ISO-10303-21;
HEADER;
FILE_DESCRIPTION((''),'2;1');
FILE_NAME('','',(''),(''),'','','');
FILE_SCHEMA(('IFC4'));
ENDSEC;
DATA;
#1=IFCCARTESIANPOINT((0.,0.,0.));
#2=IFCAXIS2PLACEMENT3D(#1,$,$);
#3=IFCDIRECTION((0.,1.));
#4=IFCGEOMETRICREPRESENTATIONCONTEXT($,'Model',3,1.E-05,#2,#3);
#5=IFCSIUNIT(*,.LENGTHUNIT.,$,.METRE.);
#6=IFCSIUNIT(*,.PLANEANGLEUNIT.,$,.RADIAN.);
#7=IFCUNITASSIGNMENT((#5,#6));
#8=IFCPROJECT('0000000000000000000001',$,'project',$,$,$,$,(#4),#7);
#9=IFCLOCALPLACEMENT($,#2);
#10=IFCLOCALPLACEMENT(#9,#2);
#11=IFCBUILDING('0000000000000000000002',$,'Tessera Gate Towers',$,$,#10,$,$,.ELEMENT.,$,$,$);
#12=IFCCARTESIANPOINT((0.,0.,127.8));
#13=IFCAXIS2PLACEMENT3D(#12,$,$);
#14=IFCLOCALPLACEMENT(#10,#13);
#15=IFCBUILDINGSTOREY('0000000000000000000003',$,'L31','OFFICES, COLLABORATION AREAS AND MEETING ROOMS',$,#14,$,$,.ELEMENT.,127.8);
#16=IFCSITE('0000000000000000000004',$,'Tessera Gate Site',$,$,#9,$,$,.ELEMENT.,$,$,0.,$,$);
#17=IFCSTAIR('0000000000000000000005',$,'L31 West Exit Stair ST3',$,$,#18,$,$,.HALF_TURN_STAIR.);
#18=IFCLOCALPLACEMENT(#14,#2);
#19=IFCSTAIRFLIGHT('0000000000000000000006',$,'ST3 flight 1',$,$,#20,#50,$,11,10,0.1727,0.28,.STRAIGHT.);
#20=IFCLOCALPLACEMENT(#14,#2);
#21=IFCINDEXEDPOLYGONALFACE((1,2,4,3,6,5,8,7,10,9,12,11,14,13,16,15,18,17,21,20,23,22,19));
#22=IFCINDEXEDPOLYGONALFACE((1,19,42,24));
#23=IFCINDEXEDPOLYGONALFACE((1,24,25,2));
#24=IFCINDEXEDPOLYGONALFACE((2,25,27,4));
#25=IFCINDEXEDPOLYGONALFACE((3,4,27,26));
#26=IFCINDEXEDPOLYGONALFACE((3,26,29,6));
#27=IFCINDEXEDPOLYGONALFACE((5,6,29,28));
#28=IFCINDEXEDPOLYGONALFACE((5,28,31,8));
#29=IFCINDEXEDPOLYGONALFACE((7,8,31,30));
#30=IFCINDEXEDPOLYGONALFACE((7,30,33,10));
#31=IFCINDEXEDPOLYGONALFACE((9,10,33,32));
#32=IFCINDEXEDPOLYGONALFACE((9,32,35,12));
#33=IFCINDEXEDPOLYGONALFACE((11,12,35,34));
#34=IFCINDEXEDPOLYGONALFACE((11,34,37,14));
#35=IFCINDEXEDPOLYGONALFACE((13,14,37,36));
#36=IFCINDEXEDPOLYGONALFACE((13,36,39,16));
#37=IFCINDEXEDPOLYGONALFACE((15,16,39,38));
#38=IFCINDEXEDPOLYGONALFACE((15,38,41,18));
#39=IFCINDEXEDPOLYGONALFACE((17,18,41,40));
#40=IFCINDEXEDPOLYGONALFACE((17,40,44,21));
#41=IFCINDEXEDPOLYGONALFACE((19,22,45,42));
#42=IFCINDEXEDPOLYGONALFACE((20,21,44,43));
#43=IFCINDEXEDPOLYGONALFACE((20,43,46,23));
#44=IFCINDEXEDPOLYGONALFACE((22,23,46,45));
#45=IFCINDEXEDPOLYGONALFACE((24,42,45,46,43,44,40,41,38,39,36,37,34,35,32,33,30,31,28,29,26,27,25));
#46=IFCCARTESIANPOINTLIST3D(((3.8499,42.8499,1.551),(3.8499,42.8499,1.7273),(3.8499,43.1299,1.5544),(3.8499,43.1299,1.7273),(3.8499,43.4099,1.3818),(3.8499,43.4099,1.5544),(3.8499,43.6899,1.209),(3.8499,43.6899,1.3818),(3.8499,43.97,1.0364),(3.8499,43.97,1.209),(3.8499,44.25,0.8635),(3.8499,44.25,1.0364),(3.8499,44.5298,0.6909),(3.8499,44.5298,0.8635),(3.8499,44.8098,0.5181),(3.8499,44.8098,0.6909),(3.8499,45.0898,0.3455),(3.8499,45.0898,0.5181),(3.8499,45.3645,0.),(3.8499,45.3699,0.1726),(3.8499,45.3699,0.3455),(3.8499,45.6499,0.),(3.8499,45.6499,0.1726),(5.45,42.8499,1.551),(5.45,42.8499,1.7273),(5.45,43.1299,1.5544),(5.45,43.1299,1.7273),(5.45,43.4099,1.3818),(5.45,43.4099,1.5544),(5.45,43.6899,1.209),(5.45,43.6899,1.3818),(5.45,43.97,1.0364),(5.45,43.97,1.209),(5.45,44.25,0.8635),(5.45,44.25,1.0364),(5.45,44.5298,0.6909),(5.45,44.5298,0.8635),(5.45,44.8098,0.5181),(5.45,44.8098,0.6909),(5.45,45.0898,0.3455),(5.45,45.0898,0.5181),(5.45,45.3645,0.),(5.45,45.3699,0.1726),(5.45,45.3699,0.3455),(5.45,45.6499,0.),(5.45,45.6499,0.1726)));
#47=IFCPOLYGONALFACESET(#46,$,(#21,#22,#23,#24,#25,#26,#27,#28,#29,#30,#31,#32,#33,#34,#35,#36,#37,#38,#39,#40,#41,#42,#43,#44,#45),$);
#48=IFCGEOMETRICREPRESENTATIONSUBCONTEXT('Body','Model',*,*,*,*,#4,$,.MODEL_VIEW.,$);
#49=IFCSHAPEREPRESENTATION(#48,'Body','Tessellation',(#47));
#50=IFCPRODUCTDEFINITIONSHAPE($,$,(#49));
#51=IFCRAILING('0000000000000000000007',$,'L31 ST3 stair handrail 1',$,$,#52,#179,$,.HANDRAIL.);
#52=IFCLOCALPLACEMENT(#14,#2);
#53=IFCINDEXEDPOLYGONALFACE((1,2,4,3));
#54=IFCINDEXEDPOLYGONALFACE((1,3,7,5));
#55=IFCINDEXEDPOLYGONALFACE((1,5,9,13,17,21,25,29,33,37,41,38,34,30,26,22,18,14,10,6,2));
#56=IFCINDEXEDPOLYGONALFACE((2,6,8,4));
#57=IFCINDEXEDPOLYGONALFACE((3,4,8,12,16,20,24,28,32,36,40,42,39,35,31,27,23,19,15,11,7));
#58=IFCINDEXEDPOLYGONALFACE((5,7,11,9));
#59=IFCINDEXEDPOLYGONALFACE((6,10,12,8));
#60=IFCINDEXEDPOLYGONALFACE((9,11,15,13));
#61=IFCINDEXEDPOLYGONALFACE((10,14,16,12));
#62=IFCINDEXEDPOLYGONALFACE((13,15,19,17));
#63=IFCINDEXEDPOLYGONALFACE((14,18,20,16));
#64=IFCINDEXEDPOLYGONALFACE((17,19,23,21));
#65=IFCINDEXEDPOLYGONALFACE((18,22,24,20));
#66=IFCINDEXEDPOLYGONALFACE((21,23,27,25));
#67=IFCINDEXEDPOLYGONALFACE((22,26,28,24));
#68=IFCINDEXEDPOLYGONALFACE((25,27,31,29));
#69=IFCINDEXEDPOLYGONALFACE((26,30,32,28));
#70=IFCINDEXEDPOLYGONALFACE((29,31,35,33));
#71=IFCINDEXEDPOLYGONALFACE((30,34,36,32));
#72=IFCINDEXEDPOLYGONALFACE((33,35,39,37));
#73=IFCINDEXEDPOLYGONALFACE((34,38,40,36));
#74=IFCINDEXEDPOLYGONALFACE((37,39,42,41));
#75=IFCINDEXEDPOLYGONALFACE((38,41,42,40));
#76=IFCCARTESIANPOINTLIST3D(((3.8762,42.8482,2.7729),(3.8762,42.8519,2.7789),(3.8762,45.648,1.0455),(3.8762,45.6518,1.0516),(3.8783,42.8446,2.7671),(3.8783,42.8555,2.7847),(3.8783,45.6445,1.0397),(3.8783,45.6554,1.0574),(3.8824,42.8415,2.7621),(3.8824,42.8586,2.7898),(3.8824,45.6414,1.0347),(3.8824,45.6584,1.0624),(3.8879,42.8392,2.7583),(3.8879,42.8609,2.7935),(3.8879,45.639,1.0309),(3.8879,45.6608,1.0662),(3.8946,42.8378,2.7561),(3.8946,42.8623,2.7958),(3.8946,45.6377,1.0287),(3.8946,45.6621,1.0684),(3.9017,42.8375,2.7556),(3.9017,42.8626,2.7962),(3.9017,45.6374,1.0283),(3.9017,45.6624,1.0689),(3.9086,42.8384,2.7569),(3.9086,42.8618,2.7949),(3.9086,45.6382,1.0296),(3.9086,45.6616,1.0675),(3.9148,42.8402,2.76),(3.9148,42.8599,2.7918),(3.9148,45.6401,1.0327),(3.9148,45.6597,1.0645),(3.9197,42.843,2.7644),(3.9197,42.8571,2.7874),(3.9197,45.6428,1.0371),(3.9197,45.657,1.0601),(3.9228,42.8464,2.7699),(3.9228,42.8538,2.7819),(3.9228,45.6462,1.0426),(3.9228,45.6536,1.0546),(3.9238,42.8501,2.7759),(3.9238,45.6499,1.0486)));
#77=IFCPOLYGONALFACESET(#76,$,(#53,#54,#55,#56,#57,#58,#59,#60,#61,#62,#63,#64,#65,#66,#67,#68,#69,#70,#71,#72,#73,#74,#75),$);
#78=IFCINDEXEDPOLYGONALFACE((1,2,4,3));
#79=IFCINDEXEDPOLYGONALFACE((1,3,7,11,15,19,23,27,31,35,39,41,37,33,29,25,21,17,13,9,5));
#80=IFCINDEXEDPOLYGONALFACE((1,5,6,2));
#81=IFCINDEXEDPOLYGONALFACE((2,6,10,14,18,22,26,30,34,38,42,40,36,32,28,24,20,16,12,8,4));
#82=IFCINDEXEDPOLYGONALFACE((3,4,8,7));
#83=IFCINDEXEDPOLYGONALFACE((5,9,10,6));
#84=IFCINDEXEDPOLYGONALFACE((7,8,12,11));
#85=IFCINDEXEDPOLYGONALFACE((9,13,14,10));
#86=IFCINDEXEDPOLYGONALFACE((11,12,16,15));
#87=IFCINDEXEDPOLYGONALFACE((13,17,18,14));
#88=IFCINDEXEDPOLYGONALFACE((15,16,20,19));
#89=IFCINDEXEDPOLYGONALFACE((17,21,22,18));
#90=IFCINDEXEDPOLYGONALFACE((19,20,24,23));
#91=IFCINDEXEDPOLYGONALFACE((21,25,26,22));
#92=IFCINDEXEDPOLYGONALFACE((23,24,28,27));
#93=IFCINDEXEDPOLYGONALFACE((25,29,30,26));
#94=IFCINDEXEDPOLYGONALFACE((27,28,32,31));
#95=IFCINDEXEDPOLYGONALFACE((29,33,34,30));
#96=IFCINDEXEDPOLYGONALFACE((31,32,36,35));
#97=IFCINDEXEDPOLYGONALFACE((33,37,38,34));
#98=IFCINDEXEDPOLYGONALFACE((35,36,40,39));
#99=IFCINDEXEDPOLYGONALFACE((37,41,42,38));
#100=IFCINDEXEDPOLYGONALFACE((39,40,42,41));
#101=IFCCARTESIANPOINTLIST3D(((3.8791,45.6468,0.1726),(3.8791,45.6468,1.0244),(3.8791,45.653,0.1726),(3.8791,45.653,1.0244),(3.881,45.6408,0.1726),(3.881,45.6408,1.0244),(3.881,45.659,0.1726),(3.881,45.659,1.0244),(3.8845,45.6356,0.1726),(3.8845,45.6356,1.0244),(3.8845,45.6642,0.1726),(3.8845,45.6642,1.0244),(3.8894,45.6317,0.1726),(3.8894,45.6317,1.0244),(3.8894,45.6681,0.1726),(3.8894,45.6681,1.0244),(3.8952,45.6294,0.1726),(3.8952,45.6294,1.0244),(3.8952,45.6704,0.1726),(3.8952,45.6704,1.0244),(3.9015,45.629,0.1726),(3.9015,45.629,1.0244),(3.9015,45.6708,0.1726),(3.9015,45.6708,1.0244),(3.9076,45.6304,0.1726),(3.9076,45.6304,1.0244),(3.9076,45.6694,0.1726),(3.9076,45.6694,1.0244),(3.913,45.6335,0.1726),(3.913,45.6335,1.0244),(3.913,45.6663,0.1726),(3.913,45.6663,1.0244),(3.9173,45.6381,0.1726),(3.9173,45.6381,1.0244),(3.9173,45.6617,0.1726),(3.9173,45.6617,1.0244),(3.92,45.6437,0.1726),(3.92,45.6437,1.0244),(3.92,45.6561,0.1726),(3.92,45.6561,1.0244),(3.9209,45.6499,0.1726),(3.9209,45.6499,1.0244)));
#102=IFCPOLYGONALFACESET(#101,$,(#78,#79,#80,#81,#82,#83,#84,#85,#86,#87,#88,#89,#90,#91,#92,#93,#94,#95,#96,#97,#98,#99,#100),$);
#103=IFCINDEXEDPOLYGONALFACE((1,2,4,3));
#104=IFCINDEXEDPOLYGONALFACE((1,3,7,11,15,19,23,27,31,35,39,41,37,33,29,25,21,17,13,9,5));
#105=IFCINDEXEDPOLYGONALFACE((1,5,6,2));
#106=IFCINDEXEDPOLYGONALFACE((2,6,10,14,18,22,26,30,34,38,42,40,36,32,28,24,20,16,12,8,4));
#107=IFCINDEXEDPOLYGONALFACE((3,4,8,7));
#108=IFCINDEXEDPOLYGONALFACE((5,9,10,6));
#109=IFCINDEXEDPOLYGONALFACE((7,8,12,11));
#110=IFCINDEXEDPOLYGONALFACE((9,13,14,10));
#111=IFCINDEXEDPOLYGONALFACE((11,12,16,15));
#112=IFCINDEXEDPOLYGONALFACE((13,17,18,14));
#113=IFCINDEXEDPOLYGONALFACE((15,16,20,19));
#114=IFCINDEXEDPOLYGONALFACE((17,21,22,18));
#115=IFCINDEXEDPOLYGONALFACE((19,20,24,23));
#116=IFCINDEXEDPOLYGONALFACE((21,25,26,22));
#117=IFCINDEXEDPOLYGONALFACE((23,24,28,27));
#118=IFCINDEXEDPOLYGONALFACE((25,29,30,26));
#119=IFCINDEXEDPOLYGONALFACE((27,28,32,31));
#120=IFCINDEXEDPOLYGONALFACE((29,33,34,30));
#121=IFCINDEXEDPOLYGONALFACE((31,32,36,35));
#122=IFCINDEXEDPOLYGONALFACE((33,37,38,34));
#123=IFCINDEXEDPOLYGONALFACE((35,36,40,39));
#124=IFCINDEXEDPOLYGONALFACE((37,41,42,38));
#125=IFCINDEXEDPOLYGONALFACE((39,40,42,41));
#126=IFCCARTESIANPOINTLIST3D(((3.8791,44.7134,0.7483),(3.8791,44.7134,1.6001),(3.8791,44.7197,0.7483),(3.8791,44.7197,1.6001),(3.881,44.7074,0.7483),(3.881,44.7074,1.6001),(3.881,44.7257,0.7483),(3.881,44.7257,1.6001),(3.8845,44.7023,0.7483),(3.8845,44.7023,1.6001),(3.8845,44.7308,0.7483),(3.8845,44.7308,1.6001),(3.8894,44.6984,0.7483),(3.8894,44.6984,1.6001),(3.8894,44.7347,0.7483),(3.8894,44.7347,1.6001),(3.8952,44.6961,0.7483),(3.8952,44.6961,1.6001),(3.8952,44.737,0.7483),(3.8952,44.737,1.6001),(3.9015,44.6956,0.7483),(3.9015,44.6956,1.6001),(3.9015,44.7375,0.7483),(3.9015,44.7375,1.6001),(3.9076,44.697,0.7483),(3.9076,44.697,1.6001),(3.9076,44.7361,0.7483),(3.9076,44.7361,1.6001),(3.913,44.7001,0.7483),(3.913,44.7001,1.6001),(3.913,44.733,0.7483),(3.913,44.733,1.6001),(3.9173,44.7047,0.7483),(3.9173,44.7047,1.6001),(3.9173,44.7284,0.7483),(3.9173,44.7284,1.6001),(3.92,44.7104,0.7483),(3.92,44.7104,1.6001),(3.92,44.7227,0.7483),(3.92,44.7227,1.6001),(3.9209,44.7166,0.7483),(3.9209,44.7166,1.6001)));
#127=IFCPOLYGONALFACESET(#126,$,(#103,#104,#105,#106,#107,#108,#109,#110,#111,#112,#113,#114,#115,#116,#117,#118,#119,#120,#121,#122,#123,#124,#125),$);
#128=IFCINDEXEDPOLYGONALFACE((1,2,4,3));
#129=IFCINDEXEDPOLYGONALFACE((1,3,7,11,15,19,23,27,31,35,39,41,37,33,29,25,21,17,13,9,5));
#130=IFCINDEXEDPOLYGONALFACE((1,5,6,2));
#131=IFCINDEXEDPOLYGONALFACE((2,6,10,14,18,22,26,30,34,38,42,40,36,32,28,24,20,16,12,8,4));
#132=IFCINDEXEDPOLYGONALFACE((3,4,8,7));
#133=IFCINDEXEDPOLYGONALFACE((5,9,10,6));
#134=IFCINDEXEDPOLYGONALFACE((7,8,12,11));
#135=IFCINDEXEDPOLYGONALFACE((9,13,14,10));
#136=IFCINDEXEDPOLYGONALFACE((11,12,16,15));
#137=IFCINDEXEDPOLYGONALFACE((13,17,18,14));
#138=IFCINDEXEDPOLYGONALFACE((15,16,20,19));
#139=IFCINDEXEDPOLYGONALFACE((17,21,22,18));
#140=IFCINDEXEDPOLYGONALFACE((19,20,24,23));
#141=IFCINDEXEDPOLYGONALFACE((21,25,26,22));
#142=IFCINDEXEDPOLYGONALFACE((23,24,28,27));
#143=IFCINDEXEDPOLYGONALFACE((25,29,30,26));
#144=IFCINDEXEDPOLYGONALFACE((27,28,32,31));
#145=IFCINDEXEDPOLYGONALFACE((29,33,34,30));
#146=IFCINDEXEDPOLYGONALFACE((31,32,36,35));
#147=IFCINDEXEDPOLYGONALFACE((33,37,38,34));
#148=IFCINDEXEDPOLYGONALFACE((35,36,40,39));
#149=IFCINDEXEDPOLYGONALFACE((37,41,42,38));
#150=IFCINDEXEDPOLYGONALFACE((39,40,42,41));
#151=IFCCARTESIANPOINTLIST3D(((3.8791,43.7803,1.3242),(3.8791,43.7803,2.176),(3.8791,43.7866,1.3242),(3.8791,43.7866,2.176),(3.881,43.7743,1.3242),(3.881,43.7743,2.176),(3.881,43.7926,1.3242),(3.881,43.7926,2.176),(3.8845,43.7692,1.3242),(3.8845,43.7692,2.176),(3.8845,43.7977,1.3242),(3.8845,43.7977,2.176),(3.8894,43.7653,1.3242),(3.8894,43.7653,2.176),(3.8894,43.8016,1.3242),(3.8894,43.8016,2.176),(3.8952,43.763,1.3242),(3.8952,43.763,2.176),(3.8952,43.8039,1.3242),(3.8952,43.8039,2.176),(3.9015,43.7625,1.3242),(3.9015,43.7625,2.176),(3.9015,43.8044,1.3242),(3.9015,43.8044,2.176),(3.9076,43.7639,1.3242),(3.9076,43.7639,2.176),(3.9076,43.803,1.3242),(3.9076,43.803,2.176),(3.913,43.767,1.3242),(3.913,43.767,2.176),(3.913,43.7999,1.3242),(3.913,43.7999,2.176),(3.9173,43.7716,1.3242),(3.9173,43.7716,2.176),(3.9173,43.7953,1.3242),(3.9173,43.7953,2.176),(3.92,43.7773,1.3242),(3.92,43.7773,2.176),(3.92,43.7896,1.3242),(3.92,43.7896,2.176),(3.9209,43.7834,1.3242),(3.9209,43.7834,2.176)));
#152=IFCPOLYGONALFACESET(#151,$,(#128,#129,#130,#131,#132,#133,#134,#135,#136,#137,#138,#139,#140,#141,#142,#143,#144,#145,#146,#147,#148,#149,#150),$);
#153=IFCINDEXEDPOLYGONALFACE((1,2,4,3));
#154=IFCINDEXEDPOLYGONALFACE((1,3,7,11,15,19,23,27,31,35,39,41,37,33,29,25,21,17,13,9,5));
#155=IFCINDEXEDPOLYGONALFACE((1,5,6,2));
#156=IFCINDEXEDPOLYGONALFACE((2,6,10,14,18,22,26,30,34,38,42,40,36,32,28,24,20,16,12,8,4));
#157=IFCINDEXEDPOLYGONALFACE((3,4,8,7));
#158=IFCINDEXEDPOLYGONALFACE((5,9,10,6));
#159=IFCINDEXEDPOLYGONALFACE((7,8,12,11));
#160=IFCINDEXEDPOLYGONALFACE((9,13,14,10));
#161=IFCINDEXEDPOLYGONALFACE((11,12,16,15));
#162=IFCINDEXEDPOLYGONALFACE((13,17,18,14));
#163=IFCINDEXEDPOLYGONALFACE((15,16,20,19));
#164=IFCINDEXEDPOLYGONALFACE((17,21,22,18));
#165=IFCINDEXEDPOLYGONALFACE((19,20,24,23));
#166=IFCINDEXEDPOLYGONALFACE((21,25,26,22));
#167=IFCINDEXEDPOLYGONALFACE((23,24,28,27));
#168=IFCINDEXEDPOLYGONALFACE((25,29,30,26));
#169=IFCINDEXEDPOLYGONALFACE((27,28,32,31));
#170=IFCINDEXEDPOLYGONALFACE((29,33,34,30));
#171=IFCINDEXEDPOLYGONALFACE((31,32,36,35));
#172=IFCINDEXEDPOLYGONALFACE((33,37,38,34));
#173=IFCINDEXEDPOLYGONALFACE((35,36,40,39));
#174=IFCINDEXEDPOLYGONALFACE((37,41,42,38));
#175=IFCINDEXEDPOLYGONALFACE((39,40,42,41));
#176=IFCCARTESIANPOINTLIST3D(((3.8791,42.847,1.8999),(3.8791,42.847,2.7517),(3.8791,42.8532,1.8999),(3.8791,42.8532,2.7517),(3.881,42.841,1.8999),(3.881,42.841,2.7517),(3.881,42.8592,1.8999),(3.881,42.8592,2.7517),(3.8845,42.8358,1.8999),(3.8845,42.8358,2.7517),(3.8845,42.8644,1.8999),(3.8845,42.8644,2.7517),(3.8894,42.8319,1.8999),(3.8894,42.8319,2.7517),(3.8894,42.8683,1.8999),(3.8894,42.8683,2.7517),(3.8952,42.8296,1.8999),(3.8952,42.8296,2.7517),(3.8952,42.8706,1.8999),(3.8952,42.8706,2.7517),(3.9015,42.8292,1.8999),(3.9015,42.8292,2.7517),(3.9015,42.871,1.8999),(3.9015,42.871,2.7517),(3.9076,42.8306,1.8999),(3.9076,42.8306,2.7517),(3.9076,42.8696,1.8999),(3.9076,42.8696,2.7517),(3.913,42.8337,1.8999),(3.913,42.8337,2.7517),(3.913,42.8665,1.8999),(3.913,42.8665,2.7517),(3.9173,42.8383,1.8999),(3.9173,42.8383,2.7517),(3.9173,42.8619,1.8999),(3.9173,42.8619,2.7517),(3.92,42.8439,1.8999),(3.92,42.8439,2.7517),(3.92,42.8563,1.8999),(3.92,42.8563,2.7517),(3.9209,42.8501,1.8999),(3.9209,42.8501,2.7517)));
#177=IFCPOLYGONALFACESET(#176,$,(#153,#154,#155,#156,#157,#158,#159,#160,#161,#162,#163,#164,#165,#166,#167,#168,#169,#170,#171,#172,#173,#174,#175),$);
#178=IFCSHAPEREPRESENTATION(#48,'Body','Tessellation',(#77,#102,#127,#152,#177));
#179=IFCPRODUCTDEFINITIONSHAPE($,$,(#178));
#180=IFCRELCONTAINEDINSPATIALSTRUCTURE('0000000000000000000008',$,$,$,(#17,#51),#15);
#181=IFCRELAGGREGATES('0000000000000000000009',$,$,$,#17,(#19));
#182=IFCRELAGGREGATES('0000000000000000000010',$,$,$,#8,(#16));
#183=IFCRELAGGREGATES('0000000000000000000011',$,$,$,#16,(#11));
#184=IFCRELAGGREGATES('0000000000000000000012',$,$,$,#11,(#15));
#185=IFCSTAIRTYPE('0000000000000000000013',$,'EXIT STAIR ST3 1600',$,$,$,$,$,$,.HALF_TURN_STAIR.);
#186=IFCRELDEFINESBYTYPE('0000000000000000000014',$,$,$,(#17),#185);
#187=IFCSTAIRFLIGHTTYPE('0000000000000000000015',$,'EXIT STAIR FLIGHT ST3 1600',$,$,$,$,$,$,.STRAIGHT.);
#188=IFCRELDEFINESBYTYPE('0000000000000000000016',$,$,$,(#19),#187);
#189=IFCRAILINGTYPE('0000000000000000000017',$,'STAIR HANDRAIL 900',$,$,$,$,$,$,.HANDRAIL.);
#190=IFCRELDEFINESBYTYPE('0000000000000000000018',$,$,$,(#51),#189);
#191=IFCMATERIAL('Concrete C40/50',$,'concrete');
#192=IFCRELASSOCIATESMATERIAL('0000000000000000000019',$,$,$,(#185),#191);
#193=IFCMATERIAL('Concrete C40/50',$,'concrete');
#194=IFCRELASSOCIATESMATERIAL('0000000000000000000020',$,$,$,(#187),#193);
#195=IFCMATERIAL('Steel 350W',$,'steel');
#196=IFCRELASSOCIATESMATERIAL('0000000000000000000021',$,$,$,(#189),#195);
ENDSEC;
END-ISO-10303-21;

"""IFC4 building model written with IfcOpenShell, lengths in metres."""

from ifc_helpers import new_model, si_unit, direction, frame, origin, origin_2d, place, context, subcontext, project, spatial, polyline, circle, outline, extrude, material, type_object, element, aggregate, save


model = new_model("IFC4")

# Units and contexts
model_context = context("Model", 3, precision=1e-05, world=origin(), true_north=direction((0.0, 1.0)))
body_context = subcontext(model_context, "Body", "Model", "MODEL_VIEW")
ifc_project = project(units=[si_unit("LENGTHUNIT", "METRE"), si_unit("PLANEANGLEUNIT", "RADIAN")], contexts=[model_context])

# Site, building, storey
site_placement = place(None, origin())
site = spatial("IfcSite", under=ifc_project, at=site_placement, Name="Tessera Gate Site", CompositionType="ELEMENT", RefElevation=0.0)
building_placement = place(site_placement, origin())
building = spatial("IfcBuilding", under=site, at=building_placement, Name="Tessera Gate Towers", CompositionType="ELEMENT")
storey_placement = place(building_placement, frame((0.0, 0.0, 127.8)))
storey = spatial("IfcBuildingStorey", under=building, at=storey_placement, Name="L31", Description="OFFICES, COLLABORATION AREAS AND MEETING ROOMS", CompositionType="ELEMENT", Elevation=127.8)

# Stair, stair flight
ifc_material_1 = material(Name="Concrete C40/50", Category="concrete")
stair_type = type_object("IfcStairType", Name="EXIT STAIR ST3 1600", PredefinedType="HALF_TURN_STAIR", material=ifc_material_1)
stair_placement = place(storey_placement, origin())
stair = element("IfcStair", 1, at=stair_placement, inside=storey, type_object=stair_type, Name="L31 West Exit Stair ST3", PredefinedType="HALF_TURN_STAIR")
ifc_material_2 = material(Name="Concrete C40/50", Category="concrete")
stair_flight_type = type_object("IfcStairFlightType", Name="EXIT STAIR FLIGHT ST3 1600", PredefinedType="STRAIGHT", material=ifc_material_2)
stair_flight_placement = place(storey_placement, frame((4.6499, 45.6499, 0.0), z_axis=(0.0, 0.0, 1.0), x_axis=(0.0, -1.0, 0.0)))
stair_flight = element("IfcStairFlight", 2, at=stair_flight_placement, type_object=stair_flight_type, Name="ST3 flight 1", NumberOfRisers=11, NumberOfTreads=10, PredefinedType="STRAIGHT", RiserHeight=0.1727, TreadLength=0.28, context=body_context, shape_type="SweptSolid", body=[
    extrude(outline(polyline([(0.0, 0.0), (0.0, 0.1726), (0.28, 0.1726), (0.28, 0.3455), (0.5601, 0.3455), (0.5601, 0.5181), (0.8401, 0.5181), (0.8401, 0.6909), (1.1201, 0.6909), (1.1201, 0.8635), (1.3999, 0.8635), (1.3999, 1.0364), (1.6799, 1.0364), (1.6799, 1.209), (1.96, 1.209), (1.96, 1.3818), (2.24, 1.3818), (2.24, 1.5544), (2.52, 1.5544), (2.52, 1.7273), (2.8, 1.7273), (2.8, 1.8999), (2.8, 1.551), (0.2854, 0.0), (0.0, 0.0)])), frame((0.0, 0.8, 0.0), z_axis=(0.0, -1.0, 0.0), x_axis=(1.0, 0.0, 0.0)), (0.0, 0.0, 1.0), 1.6001),
])
aggregate(stair, [stair_flight])

# Railing
ifc_material_3 = material(Name="Steel 350W", Category="steel")
railing_type_1 = type_object("IfcRailingType", Name="STAIR HANDRAIL 900", PredefinedType="HANDRAIL", material=ifc_material_3)
railing_1_placement = place(storey_placement, frame((3.8999, 45.6499, 0.1726)))
element("IfcRailing", 3, at=railing_1_placement, inside=storey, type_object=railing_type_1, Name="L31 ST3 stair handrail 1", PredefinedType="HANDRAIL", context=body_context, shape_type="SweptSolid", body=[
    extrude(circle(Radius=0.0239, at=origin_2d()), frame((0.0, 0.0, 0.876), z_axis=(0.0, -0.851069, 0.525054), x_axis=(1.0, 0.0, 0.0)), (0.0, 0.0, 1.0), 3.2898),
    extrude(circle(Radius=0.021, at=origin_2d()), origin(), (0.0, 0.0, 1.0), 0.8518),
    extrude(circle(Radius=0.021, at=origin_2d()), frame((0.0, -0.9333, 0.5757)), (0.0, 0.0, 1.0), 0.8518),
    extrude(circle(Radius=0.021, at=origin_2d()), frame((0.0, -1.8665, 1.1516)), (0.0, 0.0, 1.0), 0.8518),
    extrude(circle(Radius=0.021, at=origin_2d()), frame((0.0, -2.7998, 1.7273)), (0.0, 0.0, 1.0), 0.8518),
])

save(model, "model.ifc")
